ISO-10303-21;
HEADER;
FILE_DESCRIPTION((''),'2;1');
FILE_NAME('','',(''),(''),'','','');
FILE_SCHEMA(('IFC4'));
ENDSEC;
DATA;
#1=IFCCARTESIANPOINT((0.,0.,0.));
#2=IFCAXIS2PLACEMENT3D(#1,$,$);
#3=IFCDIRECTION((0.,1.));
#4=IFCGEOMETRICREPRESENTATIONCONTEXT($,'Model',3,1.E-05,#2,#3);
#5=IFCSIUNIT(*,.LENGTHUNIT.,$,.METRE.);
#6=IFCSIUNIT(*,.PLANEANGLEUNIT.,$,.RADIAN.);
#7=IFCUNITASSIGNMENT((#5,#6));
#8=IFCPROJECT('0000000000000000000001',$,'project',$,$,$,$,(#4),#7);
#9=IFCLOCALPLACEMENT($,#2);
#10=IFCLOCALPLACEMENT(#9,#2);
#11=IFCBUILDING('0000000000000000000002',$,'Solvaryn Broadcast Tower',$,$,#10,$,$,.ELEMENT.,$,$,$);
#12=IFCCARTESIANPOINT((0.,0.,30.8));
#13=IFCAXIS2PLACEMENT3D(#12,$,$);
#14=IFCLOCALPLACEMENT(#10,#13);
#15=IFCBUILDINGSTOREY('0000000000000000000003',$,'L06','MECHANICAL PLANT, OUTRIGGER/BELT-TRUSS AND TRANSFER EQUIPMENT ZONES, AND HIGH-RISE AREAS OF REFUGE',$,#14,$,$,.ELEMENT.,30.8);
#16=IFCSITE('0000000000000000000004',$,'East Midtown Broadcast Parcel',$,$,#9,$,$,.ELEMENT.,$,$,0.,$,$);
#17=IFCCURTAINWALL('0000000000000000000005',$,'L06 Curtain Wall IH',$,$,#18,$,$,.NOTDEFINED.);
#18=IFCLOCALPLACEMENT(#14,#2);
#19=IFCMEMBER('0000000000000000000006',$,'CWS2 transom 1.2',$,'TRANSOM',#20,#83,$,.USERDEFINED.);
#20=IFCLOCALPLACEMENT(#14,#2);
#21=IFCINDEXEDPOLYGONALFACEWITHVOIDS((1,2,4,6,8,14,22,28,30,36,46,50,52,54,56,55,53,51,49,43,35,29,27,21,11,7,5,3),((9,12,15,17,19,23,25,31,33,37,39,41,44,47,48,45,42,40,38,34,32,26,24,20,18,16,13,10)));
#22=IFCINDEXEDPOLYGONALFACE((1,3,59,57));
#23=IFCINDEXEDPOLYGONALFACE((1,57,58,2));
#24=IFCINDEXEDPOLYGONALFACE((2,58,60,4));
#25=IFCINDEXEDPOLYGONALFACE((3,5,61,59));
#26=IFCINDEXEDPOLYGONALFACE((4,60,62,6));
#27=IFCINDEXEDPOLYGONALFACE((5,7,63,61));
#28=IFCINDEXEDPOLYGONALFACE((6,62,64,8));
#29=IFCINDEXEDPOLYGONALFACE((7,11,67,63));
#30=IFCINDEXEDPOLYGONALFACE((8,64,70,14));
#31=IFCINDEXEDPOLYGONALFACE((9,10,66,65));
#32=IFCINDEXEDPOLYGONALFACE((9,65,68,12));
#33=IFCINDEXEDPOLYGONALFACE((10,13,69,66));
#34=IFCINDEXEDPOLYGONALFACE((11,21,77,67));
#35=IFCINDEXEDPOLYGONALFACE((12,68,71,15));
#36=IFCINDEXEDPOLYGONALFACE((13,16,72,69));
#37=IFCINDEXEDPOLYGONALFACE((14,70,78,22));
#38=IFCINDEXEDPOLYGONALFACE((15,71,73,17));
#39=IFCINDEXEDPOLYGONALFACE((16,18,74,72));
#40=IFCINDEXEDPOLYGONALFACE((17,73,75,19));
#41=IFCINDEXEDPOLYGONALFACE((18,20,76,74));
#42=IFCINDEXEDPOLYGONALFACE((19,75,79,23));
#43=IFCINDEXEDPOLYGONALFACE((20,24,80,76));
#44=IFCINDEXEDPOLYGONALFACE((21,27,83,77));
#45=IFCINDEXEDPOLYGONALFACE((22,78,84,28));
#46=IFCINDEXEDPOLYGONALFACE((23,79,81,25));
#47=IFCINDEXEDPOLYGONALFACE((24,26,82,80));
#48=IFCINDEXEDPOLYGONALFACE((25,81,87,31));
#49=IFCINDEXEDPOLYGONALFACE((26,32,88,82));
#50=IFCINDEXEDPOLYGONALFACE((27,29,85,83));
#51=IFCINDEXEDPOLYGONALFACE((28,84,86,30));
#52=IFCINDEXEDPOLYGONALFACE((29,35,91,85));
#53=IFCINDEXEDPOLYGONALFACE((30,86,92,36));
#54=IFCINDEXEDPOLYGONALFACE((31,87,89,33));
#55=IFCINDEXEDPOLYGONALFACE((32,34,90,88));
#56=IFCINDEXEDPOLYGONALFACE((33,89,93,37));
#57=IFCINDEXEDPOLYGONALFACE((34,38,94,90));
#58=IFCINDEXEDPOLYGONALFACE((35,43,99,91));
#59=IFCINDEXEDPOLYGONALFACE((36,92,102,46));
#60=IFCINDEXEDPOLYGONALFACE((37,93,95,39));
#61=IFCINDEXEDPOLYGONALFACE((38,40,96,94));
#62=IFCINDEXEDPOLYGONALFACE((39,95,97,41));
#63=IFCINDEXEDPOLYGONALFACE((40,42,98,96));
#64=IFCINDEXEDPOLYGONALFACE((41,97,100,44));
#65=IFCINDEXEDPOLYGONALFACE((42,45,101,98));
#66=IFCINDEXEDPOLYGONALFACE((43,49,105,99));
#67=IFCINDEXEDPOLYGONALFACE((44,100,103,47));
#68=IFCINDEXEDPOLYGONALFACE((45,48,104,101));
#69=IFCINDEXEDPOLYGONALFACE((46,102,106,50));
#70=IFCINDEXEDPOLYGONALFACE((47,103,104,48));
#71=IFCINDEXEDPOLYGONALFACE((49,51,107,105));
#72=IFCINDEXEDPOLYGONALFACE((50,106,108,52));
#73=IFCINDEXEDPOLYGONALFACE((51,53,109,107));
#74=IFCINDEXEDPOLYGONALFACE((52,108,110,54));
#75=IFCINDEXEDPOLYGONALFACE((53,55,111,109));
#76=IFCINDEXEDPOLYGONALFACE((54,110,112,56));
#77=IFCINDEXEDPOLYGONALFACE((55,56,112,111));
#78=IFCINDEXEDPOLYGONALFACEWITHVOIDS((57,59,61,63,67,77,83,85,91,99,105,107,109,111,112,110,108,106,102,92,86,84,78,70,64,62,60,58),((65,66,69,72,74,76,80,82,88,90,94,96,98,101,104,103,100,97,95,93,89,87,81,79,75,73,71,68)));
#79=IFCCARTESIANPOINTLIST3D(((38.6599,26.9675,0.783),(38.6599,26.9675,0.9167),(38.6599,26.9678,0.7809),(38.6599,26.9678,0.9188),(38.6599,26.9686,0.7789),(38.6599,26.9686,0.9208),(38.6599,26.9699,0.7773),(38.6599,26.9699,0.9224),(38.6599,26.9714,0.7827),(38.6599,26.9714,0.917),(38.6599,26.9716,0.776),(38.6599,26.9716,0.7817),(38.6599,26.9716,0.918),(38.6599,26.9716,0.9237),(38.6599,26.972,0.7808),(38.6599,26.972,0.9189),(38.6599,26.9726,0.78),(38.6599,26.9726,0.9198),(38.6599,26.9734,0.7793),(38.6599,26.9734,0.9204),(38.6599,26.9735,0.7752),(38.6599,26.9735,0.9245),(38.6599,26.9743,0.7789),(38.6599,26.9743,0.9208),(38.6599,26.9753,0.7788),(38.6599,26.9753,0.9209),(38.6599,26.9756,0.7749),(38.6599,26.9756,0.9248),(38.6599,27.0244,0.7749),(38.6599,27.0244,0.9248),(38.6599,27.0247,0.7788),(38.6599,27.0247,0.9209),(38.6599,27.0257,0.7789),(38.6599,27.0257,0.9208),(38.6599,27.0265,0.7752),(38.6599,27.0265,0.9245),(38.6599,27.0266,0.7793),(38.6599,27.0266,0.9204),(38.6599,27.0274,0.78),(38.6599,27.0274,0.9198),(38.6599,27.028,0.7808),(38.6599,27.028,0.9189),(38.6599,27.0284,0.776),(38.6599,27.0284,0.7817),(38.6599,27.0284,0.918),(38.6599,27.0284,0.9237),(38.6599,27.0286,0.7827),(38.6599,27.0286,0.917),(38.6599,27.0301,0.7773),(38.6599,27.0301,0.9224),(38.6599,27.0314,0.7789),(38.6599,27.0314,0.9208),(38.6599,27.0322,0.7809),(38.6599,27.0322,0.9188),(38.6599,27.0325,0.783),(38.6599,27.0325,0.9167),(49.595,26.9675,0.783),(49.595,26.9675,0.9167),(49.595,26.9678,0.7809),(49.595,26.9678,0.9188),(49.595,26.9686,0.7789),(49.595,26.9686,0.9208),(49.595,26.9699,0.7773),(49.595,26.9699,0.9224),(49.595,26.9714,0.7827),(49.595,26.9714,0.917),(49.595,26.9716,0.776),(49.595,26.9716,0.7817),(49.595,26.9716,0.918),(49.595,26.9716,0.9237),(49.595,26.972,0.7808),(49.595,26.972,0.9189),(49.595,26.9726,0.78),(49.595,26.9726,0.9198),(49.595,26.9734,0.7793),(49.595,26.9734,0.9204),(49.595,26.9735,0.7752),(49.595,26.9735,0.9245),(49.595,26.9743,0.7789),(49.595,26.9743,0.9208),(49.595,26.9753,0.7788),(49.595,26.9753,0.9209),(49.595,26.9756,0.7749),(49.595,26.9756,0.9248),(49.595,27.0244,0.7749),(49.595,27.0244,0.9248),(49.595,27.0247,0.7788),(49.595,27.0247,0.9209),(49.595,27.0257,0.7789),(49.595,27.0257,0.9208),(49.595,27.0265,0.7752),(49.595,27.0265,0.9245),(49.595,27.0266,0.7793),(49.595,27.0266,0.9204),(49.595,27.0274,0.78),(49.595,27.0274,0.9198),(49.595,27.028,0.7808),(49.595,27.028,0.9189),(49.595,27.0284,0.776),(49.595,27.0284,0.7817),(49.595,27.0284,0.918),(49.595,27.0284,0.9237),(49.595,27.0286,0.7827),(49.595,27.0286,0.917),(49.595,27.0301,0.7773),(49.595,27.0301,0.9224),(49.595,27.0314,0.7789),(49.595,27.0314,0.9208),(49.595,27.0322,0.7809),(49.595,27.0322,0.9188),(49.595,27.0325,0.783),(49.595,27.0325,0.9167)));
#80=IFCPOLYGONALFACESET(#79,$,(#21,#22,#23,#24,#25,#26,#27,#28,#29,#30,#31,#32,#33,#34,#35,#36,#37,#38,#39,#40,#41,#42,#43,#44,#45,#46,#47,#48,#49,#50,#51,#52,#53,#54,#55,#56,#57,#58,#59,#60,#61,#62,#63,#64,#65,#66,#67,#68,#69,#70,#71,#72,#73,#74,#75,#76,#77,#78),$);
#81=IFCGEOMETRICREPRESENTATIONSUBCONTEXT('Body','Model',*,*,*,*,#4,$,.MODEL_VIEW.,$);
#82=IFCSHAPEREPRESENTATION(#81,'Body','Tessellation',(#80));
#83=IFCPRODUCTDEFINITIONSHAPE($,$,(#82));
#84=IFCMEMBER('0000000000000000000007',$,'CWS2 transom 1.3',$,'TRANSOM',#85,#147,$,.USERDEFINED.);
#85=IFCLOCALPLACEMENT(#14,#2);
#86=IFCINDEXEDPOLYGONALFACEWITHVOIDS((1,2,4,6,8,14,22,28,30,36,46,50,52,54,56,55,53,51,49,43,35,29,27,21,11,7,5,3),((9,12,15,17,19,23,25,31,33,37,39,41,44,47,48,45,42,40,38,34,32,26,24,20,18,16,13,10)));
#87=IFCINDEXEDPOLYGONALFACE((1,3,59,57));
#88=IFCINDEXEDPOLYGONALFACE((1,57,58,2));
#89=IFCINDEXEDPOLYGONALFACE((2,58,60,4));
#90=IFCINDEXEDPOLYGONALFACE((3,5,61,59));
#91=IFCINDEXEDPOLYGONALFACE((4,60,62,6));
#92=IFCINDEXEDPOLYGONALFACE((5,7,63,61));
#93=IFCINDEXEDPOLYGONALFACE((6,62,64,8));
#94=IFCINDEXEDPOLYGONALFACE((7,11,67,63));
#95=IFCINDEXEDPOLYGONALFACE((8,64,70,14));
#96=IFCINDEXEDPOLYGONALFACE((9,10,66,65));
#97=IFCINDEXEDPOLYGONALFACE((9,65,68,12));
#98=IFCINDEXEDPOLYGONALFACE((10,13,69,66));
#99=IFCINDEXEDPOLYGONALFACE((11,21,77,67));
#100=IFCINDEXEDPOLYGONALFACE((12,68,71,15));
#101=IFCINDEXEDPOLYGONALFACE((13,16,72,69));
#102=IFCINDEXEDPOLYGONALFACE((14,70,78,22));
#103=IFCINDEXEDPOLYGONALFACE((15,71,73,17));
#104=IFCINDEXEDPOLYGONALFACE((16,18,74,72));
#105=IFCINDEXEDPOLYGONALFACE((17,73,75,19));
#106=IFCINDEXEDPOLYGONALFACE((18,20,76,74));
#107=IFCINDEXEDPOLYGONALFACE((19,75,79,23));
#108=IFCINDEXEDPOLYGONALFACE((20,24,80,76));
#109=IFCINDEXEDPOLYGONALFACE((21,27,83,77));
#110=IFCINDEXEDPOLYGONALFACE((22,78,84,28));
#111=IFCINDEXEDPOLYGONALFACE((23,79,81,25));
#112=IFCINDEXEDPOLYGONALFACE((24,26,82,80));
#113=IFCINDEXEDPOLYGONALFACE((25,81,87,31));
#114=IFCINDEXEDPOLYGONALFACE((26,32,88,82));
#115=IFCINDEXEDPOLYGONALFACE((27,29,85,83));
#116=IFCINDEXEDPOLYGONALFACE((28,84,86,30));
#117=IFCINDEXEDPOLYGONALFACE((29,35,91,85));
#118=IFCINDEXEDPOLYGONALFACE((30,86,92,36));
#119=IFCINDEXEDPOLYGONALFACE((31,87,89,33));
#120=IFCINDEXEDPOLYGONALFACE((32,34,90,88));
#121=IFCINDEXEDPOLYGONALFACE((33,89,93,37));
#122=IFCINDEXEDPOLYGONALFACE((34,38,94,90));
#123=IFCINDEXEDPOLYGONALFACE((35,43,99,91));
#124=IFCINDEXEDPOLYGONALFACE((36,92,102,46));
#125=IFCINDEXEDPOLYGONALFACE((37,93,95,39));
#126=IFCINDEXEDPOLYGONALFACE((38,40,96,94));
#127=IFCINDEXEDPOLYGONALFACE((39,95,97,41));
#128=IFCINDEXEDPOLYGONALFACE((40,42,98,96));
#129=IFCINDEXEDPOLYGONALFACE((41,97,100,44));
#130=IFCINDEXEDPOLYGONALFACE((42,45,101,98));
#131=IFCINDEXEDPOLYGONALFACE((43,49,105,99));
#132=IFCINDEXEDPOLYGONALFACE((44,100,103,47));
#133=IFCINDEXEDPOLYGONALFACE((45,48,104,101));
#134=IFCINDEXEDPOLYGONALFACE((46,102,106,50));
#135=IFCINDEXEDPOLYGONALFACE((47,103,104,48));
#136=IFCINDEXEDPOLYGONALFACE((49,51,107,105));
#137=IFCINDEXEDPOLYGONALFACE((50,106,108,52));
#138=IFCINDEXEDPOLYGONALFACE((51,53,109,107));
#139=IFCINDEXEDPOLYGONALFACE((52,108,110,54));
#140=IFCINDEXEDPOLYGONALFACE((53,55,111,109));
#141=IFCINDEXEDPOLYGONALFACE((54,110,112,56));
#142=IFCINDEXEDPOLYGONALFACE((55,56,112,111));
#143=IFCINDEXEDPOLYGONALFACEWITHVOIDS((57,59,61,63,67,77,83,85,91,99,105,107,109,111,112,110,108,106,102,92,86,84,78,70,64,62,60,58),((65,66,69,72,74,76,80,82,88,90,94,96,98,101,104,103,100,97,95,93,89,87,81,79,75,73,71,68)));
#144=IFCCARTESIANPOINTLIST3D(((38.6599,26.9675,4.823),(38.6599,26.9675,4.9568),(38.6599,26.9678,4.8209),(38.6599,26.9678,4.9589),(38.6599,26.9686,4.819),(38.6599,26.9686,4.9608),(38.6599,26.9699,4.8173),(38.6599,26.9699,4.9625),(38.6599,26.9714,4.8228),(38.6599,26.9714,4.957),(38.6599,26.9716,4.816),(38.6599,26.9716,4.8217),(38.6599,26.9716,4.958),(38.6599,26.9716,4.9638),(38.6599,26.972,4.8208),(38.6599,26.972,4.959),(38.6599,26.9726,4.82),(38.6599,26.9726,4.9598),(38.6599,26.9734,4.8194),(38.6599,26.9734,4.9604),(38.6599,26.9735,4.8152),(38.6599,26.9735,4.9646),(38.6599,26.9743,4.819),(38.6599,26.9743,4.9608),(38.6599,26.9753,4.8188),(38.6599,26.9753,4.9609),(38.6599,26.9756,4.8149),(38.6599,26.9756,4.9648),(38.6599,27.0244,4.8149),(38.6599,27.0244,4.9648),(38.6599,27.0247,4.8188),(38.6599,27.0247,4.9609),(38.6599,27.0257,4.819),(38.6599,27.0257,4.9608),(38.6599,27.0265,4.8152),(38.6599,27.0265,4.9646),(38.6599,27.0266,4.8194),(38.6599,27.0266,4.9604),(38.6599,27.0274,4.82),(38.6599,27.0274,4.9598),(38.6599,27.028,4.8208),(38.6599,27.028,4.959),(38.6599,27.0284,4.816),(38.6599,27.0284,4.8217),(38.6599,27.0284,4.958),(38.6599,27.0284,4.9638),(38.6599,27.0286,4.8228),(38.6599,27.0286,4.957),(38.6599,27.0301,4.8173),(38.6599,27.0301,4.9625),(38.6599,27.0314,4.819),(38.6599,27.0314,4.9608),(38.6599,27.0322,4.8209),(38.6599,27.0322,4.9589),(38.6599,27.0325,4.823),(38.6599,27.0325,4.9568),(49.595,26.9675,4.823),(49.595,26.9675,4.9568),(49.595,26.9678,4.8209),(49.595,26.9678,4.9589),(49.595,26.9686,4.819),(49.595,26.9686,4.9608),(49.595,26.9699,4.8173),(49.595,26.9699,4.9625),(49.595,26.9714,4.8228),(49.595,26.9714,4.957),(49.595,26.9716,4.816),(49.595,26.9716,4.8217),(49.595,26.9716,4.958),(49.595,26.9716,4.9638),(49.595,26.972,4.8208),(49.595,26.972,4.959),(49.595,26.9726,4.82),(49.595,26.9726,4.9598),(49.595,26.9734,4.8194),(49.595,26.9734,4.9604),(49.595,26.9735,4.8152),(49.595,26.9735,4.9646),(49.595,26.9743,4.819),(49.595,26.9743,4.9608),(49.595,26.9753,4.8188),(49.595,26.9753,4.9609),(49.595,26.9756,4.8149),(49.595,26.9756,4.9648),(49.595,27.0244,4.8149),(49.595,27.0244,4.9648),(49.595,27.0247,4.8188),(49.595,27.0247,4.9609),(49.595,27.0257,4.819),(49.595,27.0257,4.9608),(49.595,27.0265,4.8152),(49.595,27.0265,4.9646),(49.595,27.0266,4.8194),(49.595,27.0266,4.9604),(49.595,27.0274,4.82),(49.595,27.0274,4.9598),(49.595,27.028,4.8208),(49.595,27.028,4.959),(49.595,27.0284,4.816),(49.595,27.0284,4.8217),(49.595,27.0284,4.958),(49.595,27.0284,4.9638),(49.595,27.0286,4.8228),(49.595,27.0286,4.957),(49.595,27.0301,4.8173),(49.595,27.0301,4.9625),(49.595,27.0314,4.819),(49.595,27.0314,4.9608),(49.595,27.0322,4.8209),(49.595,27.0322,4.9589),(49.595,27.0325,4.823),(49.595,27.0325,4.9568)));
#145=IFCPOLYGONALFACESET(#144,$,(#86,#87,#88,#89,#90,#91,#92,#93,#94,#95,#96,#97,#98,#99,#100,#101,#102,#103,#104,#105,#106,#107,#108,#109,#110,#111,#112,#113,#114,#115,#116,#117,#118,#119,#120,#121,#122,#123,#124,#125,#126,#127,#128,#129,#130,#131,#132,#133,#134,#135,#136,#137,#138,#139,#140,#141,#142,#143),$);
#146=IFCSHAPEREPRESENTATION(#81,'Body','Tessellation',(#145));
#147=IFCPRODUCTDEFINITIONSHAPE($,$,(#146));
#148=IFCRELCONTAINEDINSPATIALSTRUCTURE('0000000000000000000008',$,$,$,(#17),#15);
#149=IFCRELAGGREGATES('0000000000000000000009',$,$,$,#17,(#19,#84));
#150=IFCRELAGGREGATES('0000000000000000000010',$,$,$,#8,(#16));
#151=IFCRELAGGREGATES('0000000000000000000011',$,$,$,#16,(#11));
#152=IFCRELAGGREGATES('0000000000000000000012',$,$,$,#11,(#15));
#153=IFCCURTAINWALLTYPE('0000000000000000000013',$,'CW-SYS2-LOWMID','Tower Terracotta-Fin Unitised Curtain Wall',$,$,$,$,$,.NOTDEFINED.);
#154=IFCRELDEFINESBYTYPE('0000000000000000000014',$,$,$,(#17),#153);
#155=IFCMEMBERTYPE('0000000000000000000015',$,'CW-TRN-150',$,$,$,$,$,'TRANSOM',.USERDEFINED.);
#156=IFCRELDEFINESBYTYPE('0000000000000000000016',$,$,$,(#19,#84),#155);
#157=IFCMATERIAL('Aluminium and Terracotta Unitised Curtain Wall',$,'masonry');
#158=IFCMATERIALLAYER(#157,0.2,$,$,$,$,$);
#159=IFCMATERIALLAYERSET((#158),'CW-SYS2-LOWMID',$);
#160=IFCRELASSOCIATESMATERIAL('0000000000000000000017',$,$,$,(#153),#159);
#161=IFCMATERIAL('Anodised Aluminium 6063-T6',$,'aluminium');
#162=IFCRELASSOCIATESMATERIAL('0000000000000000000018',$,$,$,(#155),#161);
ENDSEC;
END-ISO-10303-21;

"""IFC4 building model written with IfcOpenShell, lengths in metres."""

from ifc_helpers import new_model, si_unit, direction, frame, origin, origin_2d, place, context, subcontext, project, spatial, hollow_rectangle, extrude, material, layer, layer_set, material_profile, profile_set, type_object, element, aggregate, save


model = new_model("IFC4")

# Units and contexts
model_context = context("Model", 3, precision=1e-05, world=origin(), true_north=direction((0.0, 1.0)))
body_context = subcontext(model_context, "Body", "Model", "MODEL_VIEW")
ifc_project = project(units=[si_unit("LENGTHUNIT", "METRE"), si_unit("PLANEANGLEUNIT", "RADIAN")], contexts=[model_context])

# Site, building, storey
site_placement = place(None, origin())
site = spatial("IfcSite", under=ifc_project, at=site_placement, Name="East Midtown Broadcast Parcel", CompositionType="ELEMENT", RefElevation=0.0)
building_placement = place(site_placement, origin())
building = spatial("IfcBuilding", under=site, at=building_placement, Name="Solvaryn Broadcast Tower", CompositionType="ELEMENT")
storey_placement = place(building_placement, frame((0.0, 0.0, 30.8)))
storey = spatial("IfcBuildingStorey", under=building, at=storey_placement, Name="L06", Description="MECHANICAL PLANT, OUTRIGGER/BELT-TRUSS AND TRANSFER EQUIPMENT ZONES, AND HIGH-RISE AREAS OF REFUGE", CompositionType="ELEMENT", Elevation=30.8)

# Shared definitions
ifc_material_1 = material(Name="Aluminium and Terracotta Unitised Curtain Wall", Category="masonry")
ifc_layer_1 = layer(ifc_material_1, 0.2)
ifc_layer_set_1 = layer_set([ifc_layer_1], Name="CW-SYS2-LOWMID")
curtain_wall_type = type_object("IfcCurtainWallType", Name="CW-SYS2-LOWMID", Description="Tower Terracotta-Fin Unitised Curtain Wall", PredefinedType="NOTDEFINED", material=ifc_layer_set_1)

# Curtain wall
curtain_wall_1_placement = place(storey_placement, origin())
curtain_wall_1 = element("IfcCurtainWall", 1, at=curtain_wall_1_placement, inside=storey, type_object=curtain_wall_type, Name="L06 Curtain Wall IH", PredefinedType="NOTDEFINED")

# Members
ifc_material_2 = material(Name="Anodised Aluminium 6063-T6", Category="aluminium")
ifc_material_profile_1 = material_profile(ifc_material_2, hollow_rectangle(XDim=0.0649, YDim=0.1499, WallThickness=0.0039, InnerFilletRadius=0.0039, OuterFilletRadius=0.0081, at=origin_2d()))
ifc_profile_set_1 = profile_set([ifc_material_profile_1], Name="Anodised Aluminium 6063-T6")
member_type_1 = type_object("IfcMemberType", Name="CW-TRN-150", ElementType="TRANSOM", PredefinedType="USERDEFINED", material=ifc_profile_set_1)
member_1_placement = place(storey_placement, frame((38.6599, 27.0, 0.8499), z_axis=(1.0, 0.0, 0.0), x_axis=(0.0, 1.0, 0.0)))
member_1 = element("IfcMember", 2, at=member_1_placement, type_object=member_type_1, Name="CWS2 transom 1.2", ObjectType="TRANSOM", PredefinedType="USERDEFINED", context=body_context, shape_type="SweptSolid", body=[
    extrude(hollow_rectangle(XDim=0.0649, YDim=0.1499, WallThickness=0.0039, InnerFilletRadius=0.0039, OuterFilletRadius=0.0081, at=origin_2d()), origin(), (0.0, 0.0, 1.0), 10.9351),
])
member_2_placement = place(storey_placement, frame((38.6599, 27.0, 4.8899), z_axis=(1.0, 0.0, 0.0), x_axis=(0.0, 1.0, 0.0)))
member_2 = element("IfcMember", 3, at=member_2_placement, type_object=member_type_1, Name="CWS2 transom 1.3", ObjectType="TRANSOM", PredefinedType="USERDEFINED", context=body_context, shape_type="SweptSolid", body=[
    extrude(hollow_rectangle(XDim=0.0649, YDim=0.1499, WallThickness=0.0039, InnerFilletRadius=0.0039, OuterFilletRadius=0.0081, at=origin_2d()), origin(), (0.0, 0.0, 1.0), 10.9351),
])

aggregate(curtain_wall_1, [member_1, member_2])

save(model, "model.ifc")
